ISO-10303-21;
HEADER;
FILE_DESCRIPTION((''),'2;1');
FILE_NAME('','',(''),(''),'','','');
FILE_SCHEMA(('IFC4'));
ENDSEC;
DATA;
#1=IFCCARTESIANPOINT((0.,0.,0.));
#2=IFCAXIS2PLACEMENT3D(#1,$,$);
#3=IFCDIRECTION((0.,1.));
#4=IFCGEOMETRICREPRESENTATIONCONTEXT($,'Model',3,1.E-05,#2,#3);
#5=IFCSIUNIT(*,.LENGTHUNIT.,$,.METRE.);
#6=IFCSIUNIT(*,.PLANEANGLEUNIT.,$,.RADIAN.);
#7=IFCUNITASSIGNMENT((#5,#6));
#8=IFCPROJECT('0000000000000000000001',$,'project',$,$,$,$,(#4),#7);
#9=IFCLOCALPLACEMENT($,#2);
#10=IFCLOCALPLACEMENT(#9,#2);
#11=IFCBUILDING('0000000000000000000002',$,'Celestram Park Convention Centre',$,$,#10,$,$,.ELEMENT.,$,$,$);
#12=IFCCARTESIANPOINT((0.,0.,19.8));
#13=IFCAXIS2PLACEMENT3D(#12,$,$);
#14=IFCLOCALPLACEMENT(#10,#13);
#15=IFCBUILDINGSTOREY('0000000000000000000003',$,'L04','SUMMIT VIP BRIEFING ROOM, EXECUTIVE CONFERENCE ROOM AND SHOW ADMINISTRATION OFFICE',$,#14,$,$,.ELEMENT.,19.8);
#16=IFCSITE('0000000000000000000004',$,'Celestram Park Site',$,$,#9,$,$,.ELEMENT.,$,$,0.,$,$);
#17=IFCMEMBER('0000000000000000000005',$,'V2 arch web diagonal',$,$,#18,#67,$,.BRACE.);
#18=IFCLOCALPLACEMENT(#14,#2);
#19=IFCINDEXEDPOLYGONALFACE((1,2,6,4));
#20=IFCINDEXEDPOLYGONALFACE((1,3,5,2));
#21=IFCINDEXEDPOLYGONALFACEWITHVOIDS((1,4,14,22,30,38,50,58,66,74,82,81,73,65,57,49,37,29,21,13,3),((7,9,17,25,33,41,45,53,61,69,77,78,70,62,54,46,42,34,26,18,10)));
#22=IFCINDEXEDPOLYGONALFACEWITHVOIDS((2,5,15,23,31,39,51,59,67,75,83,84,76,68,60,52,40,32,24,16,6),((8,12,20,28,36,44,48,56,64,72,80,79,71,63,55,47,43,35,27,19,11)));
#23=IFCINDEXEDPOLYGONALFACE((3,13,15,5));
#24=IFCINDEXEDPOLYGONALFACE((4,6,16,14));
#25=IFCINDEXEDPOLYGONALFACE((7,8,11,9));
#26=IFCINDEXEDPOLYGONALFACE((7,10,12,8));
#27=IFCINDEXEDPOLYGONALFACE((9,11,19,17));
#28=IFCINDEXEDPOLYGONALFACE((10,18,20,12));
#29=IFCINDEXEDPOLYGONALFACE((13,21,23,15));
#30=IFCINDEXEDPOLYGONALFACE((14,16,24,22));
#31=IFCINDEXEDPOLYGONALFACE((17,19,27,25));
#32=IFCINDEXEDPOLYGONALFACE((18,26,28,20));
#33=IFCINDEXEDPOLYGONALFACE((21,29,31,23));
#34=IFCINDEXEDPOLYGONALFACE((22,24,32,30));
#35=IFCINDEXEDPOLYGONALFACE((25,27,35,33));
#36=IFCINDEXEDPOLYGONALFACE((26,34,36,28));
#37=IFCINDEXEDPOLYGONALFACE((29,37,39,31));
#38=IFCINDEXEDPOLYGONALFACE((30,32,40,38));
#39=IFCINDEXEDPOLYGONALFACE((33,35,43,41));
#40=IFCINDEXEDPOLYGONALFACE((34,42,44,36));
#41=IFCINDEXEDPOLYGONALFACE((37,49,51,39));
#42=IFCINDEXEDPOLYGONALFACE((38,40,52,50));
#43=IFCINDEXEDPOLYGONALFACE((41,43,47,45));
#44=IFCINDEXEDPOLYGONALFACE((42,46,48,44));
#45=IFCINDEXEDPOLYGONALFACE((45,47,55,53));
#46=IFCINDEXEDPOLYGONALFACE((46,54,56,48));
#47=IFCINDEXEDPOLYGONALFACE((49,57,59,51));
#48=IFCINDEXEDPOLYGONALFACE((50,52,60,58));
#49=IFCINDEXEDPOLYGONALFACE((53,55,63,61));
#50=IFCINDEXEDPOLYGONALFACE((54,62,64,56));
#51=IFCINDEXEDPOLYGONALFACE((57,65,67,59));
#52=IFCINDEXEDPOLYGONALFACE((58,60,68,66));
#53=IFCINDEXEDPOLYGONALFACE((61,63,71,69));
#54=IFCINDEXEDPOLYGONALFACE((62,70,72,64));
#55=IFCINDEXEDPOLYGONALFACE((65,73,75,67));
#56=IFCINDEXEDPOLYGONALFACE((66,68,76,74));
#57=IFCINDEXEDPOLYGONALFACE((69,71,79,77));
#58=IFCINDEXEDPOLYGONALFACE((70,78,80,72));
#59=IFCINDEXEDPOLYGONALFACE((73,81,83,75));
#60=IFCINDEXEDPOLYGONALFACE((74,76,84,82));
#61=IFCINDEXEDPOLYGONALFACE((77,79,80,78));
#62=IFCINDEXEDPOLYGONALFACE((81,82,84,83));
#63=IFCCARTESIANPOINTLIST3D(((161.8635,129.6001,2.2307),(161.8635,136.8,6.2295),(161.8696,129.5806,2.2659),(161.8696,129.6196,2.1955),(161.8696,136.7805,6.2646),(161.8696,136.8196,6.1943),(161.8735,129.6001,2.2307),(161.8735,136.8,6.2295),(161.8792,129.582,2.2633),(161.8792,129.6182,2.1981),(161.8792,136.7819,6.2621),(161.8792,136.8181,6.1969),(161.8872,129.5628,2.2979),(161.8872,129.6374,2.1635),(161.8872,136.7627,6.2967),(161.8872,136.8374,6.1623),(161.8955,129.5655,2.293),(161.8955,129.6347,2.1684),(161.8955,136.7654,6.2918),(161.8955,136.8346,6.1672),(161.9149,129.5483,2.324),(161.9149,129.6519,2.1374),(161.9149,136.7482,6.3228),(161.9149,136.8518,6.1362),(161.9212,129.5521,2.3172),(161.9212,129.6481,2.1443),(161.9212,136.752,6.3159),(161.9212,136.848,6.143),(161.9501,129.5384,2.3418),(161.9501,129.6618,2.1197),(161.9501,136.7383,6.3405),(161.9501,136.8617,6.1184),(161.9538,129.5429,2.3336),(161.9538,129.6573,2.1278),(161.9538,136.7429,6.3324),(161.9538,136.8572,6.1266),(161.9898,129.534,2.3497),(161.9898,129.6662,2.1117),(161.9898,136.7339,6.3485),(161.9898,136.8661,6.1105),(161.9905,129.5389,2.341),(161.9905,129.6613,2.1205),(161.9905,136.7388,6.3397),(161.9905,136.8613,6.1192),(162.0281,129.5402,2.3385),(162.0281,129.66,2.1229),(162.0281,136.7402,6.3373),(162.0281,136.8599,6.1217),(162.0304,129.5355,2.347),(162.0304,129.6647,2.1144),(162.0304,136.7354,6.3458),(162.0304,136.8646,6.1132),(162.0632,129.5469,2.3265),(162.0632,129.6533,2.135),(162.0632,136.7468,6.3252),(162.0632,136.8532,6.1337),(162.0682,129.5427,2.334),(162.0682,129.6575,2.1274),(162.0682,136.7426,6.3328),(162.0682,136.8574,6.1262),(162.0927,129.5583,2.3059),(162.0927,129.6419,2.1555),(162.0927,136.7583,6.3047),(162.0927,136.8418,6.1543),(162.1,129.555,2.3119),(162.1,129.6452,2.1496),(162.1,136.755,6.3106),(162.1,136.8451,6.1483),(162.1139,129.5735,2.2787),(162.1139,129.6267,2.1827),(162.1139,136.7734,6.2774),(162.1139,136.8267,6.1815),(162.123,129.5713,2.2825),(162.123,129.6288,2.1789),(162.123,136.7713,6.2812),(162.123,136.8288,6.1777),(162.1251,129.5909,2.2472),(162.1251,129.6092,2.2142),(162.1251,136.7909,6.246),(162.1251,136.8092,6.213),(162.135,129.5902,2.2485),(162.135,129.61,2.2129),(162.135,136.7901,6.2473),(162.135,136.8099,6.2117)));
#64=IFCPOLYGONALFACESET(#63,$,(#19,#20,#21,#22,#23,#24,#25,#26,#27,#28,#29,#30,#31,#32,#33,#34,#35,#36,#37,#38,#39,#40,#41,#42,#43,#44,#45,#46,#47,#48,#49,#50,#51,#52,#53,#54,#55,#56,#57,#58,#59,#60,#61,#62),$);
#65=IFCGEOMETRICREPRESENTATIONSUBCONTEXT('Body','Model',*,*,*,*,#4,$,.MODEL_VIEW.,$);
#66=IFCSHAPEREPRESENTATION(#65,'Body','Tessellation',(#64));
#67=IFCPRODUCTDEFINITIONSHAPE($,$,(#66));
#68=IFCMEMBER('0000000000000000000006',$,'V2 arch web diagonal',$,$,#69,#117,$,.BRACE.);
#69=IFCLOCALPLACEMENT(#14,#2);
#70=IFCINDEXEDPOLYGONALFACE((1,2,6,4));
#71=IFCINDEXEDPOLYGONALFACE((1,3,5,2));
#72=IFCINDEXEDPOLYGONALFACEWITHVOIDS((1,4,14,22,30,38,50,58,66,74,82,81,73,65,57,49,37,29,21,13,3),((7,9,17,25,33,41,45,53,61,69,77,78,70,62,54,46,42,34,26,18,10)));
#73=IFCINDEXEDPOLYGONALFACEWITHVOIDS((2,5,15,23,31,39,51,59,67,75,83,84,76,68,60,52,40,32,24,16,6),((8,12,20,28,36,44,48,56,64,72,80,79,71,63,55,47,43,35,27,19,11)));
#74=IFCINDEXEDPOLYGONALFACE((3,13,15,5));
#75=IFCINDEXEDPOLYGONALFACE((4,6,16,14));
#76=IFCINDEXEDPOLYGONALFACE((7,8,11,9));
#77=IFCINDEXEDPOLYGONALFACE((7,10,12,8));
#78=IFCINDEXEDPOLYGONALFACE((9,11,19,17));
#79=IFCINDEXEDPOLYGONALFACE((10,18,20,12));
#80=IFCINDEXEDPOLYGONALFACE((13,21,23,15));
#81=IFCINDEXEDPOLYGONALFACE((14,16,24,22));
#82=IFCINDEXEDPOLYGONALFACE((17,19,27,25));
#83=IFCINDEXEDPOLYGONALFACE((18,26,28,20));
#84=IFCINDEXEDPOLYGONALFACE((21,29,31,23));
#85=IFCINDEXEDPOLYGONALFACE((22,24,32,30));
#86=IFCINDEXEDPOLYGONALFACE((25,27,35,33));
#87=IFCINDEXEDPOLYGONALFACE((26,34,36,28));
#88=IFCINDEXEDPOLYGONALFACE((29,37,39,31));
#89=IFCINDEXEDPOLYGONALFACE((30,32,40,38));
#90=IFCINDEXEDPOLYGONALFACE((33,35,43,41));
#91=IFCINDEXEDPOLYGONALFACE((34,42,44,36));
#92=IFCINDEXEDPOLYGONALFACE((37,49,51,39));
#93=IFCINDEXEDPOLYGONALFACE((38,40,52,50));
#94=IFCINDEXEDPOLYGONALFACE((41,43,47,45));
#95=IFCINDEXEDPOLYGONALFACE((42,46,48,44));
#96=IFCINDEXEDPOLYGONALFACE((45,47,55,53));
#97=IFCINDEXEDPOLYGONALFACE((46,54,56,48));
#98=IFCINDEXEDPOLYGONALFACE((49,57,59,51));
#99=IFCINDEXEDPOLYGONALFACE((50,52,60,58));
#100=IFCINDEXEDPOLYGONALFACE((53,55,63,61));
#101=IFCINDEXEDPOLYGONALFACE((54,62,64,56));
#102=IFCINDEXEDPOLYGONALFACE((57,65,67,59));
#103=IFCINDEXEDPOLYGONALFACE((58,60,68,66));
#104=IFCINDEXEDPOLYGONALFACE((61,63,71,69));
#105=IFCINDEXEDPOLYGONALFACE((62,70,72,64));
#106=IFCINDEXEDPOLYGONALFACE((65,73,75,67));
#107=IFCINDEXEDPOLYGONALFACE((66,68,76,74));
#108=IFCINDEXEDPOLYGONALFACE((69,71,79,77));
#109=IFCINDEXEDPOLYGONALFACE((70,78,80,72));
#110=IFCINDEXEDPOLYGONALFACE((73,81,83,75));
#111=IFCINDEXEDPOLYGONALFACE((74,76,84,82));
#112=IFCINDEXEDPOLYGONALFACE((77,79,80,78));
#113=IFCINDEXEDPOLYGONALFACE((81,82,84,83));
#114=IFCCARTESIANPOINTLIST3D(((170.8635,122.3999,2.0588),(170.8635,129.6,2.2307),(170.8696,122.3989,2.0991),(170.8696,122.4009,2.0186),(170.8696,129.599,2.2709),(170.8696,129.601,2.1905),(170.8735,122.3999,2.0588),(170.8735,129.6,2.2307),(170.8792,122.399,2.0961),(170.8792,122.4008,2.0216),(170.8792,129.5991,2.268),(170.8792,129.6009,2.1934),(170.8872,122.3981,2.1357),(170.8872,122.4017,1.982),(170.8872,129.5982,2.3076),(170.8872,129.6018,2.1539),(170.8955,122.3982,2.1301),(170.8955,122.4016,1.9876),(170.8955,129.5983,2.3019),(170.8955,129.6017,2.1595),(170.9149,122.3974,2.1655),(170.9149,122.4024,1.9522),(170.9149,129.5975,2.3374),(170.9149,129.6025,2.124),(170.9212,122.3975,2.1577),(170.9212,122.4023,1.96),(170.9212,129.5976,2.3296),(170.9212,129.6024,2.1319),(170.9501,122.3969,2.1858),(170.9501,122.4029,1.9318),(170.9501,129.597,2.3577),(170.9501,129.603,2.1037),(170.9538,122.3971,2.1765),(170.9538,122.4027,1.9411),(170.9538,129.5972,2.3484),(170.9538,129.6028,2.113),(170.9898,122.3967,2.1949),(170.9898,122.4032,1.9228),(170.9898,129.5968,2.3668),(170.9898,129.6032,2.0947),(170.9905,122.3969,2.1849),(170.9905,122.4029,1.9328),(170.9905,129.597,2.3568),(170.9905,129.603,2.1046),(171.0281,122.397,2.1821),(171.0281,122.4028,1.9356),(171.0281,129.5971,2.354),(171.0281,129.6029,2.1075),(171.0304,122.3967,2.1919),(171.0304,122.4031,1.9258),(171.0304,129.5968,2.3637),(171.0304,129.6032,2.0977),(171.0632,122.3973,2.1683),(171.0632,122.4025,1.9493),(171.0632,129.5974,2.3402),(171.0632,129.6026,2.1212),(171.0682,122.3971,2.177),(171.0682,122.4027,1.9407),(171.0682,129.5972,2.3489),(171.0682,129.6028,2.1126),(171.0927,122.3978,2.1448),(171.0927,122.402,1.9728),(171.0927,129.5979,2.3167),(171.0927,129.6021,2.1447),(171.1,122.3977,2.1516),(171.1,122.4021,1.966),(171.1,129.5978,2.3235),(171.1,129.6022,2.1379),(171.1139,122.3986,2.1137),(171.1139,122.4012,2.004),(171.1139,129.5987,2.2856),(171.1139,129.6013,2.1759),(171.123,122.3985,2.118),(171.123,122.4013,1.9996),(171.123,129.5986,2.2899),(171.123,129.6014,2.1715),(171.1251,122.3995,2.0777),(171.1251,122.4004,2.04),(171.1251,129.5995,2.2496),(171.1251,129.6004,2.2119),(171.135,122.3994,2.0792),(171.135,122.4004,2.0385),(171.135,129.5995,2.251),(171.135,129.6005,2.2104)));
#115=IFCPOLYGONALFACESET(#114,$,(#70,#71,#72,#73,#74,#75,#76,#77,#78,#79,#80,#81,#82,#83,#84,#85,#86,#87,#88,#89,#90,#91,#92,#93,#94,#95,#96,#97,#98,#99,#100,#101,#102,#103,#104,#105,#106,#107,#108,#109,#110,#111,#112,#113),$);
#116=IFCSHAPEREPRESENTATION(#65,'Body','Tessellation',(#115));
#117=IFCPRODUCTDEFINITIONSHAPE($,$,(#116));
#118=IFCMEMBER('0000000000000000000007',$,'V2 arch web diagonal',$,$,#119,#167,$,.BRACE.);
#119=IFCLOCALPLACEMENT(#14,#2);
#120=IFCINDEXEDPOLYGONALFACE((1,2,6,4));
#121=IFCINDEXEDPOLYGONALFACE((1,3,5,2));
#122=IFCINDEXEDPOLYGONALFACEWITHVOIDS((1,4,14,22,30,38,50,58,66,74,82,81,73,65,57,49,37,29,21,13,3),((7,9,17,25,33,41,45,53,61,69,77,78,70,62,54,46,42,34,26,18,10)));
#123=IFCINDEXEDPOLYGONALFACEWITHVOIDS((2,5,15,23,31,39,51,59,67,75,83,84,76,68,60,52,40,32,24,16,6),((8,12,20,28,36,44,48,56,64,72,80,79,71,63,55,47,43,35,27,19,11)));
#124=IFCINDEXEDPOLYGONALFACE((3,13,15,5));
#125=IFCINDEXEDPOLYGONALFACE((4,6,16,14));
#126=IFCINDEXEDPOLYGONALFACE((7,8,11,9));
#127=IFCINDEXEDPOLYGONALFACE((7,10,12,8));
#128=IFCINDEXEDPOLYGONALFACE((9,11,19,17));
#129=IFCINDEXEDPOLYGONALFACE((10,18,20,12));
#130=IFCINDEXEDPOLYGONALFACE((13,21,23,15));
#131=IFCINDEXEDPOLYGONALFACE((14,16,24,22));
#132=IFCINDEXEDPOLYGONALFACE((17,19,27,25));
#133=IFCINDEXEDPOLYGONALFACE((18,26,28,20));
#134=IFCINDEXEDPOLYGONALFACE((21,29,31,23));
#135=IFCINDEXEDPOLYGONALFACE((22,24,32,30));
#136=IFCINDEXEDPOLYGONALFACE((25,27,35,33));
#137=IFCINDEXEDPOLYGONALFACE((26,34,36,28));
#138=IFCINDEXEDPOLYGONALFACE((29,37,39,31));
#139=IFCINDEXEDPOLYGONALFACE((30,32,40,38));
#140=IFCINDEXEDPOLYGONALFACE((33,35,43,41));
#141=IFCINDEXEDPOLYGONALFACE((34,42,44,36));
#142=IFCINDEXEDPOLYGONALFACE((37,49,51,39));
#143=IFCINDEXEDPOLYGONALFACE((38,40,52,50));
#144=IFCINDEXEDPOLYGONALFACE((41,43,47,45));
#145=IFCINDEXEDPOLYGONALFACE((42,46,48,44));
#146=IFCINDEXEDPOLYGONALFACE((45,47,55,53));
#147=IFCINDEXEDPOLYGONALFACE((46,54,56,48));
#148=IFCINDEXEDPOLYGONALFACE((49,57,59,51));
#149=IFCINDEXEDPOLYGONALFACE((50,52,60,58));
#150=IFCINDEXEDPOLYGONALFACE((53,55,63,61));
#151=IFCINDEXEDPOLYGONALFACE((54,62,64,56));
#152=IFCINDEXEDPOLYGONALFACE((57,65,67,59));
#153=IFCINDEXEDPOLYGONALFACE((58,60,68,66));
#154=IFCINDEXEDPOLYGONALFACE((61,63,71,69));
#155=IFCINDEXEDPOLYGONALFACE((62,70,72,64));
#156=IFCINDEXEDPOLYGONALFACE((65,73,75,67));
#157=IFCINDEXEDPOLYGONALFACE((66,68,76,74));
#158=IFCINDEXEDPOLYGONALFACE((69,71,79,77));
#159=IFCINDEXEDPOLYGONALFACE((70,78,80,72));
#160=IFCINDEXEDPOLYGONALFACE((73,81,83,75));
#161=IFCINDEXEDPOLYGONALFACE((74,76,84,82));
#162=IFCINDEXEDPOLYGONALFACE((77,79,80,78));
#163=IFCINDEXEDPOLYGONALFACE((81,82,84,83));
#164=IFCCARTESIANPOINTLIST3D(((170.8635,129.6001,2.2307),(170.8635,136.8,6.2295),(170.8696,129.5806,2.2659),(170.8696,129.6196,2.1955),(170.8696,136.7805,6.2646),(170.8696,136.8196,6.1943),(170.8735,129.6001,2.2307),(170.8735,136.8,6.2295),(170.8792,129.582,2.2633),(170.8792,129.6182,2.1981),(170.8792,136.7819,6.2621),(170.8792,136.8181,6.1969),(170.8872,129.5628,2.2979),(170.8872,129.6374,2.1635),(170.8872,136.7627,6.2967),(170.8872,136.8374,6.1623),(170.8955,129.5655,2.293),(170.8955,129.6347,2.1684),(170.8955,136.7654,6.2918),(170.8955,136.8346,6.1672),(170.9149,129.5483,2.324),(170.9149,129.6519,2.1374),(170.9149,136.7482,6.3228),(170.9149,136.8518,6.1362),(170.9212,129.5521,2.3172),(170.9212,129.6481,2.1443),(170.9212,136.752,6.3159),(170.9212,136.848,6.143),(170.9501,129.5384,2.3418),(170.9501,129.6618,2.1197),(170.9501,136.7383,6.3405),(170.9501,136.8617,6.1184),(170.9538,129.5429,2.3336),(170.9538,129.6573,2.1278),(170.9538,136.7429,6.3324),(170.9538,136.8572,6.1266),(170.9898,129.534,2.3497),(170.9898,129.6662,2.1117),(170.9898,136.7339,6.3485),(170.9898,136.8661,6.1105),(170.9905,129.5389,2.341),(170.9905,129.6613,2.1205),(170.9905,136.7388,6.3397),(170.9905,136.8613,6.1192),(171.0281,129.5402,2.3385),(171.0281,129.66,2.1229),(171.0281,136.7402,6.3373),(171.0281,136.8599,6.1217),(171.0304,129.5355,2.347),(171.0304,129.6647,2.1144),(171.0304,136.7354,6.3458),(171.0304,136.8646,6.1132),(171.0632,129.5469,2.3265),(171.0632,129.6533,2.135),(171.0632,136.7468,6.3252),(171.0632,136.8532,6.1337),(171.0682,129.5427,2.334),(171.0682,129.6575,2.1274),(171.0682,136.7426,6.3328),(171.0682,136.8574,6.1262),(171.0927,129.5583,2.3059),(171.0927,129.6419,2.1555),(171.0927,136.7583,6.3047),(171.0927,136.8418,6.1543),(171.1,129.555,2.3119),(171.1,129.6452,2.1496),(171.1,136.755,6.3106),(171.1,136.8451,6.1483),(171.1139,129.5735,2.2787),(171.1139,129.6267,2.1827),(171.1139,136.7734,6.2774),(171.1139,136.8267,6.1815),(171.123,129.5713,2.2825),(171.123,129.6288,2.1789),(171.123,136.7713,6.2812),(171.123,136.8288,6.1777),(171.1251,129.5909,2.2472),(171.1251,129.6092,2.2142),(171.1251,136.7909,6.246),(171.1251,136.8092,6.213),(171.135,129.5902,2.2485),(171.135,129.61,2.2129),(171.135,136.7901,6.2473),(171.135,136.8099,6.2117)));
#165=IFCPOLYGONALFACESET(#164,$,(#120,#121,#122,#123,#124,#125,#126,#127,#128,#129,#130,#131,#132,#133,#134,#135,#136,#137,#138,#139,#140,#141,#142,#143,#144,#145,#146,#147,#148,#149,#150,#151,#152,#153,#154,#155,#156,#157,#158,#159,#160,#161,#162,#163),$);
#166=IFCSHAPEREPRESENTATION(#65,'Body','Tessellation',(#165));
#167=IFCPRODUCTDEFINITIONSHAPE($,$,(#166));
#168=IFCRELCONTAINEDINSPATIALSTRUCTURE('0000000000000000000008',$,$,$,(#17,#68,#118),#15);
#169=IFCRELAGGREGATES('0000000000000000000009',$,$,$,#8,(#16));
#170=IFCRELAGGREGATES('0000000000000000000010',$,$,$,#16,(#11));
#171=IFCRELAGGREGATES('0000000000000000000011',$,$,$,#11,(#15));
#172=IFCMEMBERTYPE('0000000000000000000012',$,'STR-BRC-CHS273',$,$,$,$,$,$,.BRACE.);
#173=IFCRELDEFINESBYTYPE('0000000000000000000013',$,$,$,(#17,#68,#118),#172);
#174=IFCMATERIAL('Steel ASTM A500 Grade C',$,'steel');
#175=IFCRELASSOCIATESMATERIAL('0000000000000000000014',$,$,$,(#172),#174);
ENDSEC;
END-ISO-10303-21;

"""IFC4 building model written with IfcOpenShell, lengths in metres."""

from ifc_helpers import new_model, si_unit, direction, frame, origin, origin_2d, place, context, subcontext, project, spatial, hollow_circle, extrude, material, material_profile, profile_set, type_object, element, save


model = new_model("IFC4")

# Units and contexts
model_context = context("Model", 3, precision=1e-05, world=origin(), true_north=direction((0.0, 1.0)))
body_context = subcontext(model_context, "Body", "Model", "MODEL_VIEW")
ifc_project = project(units=[si_unit("LENGTHUNIT", "METRE"), si_unit("PLANEANGLEUNIT", "RADIAN")], contexts=[model_context])

# Site, building, storey
site_placement = place(None, origin())
site = spatial("IfcSite", under=ifc_project, at=site_placement, Name="Celestram Park Site", CompositionType="ELEMENT", RefElevation=0.0)
building_placement = place(site_placement, origin())
building = spatial("IfcBuilding", under=site, at=building_placement, Name="Celestram Park Convention Centre", CompositionType="ELEMENT")
storey_placement = place(building_placement, frame((0.0, 0.0, 19.8)))
storey = spatial("IfcBuildingStorey", under=building, at=storey_placement, Name="L04", Description="SUMMIT VIP BRIEFING ROOM, EXECUTIVE CONFERENCE ROOM AND SHOW ADMINISTRATION OFFICE", CompositionType="ELEMENT", Elevation=19.8)

# Members
ifc_material_1 = material(Name="Steel ASTM A500 Grade C", Category="steel")
ifc_material_profile_1 = material_profile(ifc_material_1, hollow_circle(Radius=0.1365, WallThickness=0.01, at=origin_2d()), Name="CHS273X10")
ifc_profile_set_1 = profile_set([ifc_material_profile_1], Name="Steel ASTM A500 Grade C")
member_type_1 = type_object("IfcMemberType", Name="STR-BRC-CHS273", PredefinedType="BRACE", material=ifc_profile_set_1)
member_1_placement = place(storey_placement, frame((162.0, 129.6001, 2.2307), z_axis=(0.0, 0.874219, 0.485532), x_axis=(-1.0, 0.0, 0.0)))
element("IfcMember", 1, at=member_1_placement, inside=storey, type_object=member_type_1, Name="V2 arch web diagonal", PredefinedType="BRACE", context=body_context, shape_type="SweptSolid", body=[
    extrude(hollow_circle(Radius=0.1365, WallThickness=0.01, at=origin_2d()), origin(), (0.0, 0.0, 1.0), 8.2358),
])
member_2_placement = place(storey_placement, frame((171.0, 122.3999, 2.0588), z_axis=(0.0, 0.999715, 0.023864), x_axis=(-1.0, 0.0, 0.0)))
element("IfcMember", 2, at=member_2_placement, inside=storey, type_object=member_type_1, Name="V2 arch web diagonal", PredefinedType="BRACE", context=body_context, shape_type="SweptSolid", body=[
    extrude(hollow_circle(Radius=0.1365, WallThickness=0.01, at=origin_2d()), origin(), (0.0, 0.0, 1.0), 7.2021),
])
member_3_placement = place(storey_placement, frame((171.0, 129.6001, 2.2307), z_axis=(0.0, 0.874219, 0.485532), x_axis=(-1.0, 0.0, 0.0)))
element("IfcMember", 3, at=member_3_placement, inside=storey, type_object=member_type_1, Name="V2 arch web diagonal", PredefinedType="BRACE", context=body_context, shape_type="SweptSolid", body=[
    extrude(hollow_circle(Radius=0.1365, WallThickness=0.01, at=origin_2d()), origin(), (0.0, 0.0, 1.0), 8.2358),
])

save(model, "model.ifc")
